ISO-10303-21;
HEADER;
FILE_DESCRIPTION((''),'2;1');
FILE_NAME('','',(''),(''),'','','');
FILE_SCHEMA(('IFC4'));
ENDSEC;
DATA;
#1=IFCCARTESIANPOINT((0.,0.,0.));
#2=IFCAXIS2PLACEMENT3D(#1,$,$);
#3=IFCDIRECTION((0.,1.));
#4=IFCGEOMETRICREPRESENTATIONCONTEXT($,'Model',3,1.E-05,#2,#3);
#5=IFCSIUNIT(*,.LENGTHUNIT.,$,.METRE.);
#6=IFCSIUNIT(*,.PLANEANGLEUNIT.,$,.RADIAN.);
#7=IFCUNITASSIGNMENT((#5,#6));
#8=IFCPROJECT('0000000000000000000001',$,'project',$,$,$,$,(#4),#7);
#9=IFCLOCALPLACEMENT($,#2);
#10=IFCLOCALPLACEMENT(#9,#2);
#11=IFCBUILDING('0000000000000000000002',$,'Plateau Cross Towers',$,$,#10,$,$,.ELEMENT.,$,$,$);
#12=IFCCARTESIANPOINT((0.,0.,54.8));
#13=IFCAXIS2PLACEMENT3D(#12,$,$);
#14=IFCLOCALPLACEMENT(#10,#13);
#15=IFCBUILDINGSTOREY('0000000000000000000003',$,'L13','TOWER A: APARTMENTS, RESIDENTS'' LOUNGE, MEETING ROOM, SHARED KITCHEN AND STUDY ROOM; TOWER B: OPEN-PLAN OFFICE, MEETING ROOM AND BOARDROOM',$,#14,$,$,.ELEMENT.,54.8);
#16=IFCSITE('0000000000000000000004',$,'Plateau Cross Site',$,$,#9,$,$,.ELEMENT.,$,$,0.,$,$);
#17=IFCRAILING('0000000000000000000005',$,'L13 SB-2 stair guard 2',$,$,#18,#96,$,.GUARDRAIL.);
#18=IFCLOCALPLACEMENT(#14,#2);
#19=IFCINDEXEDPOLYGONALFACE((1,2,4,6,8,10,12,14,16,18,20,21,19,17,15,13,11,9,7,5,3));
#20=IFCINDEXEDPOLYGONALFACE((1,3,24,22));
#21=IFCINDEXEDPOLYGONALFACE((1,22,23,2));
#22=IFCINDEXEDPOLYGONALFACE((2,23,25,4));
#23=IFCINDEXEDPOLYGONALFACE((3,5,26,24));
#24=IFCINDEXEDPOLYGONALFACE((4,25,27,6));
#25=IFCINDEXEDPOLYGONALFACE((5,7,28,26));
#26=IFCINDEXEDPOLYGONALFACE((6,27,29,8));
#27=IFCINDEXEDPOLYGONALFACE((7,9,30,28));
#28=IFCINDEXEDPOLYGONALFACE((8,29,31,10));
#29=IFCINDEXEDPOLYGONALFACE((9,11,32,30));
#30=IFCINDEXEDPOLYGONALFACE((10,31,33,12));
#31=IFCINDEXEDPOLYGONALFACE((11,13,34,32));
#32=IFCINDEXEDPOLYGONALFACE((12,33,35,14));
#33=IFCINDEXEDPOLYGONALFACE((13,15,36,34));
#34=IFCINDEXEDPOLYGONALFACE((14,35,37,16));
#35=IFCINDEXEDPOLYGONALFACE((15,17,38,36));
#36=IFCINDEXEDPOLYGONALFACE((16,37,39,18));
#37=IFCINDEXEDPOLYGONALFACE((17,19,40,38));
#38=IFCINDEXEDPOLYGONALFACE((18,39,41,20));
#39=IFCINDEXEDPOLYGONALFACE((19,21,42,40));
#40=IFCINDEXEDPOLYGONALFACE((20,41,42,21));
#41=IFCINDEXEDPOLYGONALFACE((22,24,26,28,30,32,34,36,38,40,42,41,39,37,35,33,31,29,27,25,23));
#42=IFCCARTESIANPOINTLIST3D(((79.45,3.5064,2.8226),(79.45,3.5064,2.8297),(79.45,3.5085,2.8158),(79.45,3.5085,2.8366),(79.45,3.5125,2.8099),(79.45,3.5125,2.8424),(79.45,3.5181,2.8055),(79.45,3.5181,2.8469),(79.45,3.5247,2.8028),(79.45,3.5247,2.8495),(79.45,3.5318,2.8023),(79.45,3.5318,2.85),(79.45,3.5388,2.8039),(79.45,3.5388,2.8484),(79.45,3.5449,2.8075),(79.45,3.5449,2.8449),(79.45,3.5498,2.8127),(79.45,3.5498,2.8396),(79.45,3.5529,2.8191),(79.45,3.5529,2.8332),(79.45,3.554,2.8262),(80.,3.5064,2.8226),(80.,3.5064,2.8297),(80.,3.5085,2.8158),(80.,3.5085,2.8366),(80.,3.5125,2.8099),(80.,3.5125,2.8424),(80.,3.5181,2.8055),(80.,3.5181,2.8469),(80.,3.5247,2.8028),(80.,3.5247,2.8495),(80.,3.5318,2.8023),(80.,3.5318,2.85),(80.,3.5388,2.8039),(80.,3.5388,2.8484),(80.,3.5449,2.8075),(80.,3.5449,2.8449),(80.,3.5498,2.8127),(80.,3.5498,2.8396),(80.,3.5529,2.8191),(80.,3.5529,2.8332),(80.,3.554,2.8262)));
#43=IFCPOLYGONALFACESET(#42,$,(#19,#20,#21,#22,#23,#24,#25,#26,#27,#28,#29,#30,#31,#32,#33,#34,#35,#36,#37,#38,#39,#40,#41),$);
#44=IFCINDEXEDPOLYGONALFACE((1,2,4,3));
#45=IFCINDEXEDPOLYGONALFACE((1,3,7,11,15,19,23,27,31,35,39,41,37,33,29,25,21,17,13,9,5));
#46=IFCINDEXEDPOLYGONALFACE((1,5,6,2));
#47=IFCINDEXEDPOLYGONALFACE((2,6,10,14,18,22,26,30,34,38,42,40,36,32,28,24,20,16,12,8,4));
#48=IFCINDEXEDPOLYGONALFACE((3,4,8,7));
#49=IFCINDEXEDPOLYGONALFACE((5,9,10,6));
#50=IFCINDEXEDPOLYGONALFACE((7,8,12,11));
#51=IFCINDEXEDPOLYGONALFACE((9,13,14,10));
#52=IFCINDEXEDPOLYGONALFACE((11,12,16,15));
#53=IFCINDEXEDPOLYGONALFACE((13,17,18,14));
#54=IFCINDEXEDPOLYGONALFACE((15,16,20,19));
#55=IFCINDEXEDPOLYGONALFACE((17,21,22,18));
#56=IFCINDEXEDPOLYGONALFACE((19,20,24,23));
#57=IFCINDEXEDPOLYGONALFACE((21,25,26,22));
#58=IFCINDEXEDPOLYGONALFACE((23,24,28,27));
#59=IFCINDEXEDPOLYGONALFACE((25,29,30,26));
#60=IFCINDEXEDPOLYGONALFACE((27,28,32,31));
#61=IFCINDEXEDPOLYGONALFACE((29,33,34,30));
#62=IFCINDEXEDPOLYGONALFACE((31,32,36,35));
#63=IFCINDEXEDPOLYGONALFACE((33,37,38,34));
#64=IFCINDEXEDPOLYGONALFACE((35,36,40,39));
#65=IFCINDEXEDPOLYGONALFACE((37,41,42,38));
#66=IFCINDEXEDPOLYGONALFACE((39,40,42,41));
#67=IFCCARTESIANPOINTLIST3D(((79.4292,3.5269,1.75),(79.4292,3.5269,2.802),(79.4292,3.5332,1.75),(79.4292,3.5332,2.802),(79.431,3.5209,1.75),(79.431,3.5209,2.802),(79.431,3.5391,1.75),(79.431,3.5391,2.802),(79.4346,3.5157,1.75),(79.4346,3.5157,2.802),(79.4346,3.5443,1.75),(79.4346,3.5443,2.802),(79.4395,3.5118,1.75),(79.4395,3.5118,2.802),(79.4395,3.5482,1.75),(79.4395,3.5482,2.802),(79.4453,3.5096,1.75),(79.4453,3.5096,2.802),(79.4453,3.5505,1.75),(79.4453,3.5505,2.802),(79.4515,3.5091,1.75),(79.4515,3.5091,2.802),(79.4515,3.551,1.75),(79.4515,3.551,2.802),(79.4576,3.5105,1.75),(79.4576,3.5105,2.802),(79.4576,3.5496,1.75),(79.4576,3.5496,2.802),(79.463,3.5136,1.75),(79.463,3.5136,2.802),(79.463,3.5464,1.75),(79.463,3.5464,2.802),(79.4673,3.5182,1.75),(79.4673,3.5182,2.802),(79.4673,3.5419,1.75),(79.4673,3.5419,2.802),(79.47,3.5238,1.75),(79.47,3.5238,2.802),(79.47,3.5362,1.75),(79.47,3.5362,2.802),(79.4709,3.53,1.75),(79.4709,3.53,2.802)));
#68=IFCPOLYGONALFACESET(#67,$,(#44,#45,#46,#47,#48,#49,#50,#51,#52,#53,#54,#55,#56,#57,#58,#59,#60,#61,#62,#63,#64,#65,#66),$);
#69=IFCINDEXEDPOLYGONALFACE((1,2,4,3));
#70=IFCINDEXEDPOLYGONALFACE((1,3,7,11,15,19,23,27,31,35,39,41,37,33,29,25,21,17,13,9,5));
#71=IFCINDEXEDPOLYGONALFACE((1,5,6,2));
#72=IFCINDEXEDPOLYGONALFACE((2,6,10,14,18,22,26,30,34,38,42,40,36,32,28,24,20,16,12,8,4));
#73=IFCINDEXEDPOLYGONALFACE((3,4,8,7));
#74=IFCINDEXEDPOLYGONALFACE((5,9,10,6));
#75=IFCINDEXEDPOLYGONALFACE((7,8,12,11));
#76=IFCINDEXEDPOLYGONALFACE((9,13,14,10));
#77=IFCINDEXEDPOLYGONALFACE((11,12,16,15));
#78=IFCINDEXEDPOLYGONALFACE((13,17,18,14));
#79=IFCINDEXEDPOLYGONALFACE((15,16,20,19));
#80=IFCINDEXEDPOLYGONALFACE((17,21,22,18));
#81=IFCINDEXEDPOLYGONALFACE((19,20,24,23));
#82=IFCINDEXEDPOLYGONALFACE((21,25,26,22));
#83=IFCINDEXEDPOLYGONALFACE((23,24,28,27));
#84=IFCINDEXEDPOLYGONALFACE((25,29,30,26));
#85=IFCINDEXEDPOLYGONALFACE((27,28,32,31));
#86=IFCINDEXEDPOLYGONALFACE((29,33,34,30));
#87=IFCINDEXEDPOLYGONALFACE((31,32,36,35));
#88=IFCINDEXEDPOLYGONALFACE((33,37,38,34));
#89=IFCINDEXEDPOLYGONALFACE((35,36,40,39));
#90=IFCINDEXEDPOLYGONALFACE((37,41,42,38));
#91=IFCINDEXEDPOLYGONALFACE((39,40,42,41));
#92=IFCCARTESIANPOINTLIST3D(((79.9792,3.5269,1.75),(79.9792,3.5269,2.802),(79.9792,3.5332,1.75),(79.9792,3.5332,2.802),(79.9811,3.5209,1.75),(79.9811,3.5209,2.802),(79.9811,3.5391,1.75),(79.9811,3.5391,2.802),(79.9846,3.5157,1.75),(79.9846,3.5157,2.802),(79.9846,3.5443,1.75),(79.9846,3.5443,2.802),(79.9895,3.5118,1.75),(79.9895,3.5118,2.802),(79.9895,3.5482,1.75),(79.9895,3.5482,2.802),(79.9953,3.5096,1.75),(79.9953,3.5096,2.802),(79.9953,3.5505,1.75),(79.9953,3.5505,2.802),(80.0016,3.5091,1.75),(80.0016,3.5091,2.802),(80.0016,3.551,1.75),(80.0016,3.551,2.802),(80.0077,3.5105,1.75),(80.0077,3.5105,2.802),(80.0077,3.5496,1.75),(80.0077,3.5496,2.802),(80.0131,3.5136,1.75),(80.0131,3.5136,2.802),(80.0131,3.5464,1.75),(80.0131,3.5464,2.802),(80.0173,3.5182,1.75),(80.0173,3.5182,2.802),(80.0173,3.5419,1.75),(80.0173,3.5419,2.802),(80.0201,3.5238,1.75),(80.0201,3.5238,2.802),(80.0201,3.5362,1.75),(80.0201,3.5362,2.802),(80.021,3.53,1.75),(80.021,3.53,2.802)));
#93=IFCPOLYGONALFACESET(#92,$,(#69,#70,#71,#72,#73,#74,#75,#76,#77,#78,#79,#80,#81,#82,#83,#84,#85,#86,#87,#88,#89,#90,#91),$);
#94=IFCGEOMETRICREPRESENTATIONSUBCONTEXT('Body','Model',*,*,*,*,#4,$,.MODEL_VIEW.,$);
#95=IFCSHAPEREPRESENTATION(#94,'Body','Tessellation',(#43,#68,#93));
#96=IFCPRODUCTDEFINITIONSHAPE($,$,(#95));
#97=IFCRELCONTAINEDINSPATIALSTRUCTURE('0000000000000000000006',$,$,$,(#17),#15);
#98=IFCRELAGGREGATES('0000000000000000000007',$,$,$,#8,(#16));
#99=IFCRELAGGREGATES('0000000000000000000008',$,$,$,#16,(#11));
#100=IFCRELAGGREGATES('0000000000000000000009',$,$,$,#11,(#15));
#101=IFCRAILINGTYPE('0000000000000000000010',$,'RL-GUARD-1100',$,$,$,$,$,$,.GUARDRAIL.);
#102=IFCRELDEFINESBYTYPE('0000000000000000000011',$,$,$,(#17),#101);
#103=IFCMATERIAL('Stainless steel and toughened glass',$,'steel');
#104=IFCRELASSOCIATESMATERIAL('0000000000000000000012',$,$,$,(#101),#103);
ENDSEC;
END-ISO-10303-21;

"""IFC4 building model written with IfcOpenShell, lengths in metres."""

from ifc_helpers import new_model, si_unit, direction, frame, origin, origin_2d, place, context, subcontext, project, spatial, circle, extrude, material, type_object, element, save


model = new_model("IFC4")

# Units and contexts
model_context = context("Model", 3, precision=1e-05, world=origin(), true_north=direction((0.0, 1.0)))
body_context = subcontext(model_context, "Body", "Model", "MODEL_VIEW")
ifc_project = project(units=[si_unit("LENGTHUNIT", "METRE"), si_unit("PLANEANGLEUNIT", "RADIAN")], contexts=[model_context])

# Site, building, storey
site_placement = place(None, origin())
site = spatial("IfcSite", under=ifc_project, at=site_placement, Name="Plateau Cross Site", CompositionType="ELEMENT", RefElevation=0.0)
building_placement = place(site_placement, origin())
building = spatial("IfcBuilding", under=site, at=building_placement, Name="Plateau Cross Towers", CompositionType="ELEMENT")
storey_placement = place(building_placement, frame((0.0, 0.0, 54.8)))
storey = spatial("IfcBuildingStorey", under=building, at=storey_placement, Name="L13", Description="TOWER A: APARTMENTS, RESIDENTS' LOUNGE, MEETING ROOM, SHARED KITCHEN AND STUDY ROOM; TOWER B: OPEN-PLAN OFFICE, MEETING ROOM AND BOARDROOM", CompositionType="ELEMENT", Elevation=54.8)

# Railing
ifc_material_1 = material(Name="Stainless steel and toughened glass", Category="steel")
railing_type_1 = type_object("IfcRailingType", Name="RL-GUARD-1100", PredefinedType="GUARDRAIL", material=ifc_material_1)
railing_1_placement = place(storey_placement, frame((79.45, 3.53, 1.75)))
element("IfcRailing", 1, at=railing_1_placement, inside=storey, type_object=railing_type_1, Name="L13 SB-2 stair guard 2", PredefinedType="GUARDRAIL", context=body_context, shape_type="SweptSolid", body=[
    extrude(circle(Radius=0.0239, at=origin_2d()), frame((0.0, 0.0, 1.0762), z_axis=(1.0, 0.0, 0.0), x_axis=(0.0, 1.0, 0.0)), (0.0, 0.0, 1.0), 0.55),
    extrude(circle(Radius=0.021, at=origin_2d()), origin(), (0.0, 0.0, 1.0), 1.052),
    extrude(circle(Radius=0.021, at=origin_2d()), frame((0.55, 0.0, 0.0)), (0.0, 0.0, 1.0), 1.052),
])

save(model, "model.ifc")
